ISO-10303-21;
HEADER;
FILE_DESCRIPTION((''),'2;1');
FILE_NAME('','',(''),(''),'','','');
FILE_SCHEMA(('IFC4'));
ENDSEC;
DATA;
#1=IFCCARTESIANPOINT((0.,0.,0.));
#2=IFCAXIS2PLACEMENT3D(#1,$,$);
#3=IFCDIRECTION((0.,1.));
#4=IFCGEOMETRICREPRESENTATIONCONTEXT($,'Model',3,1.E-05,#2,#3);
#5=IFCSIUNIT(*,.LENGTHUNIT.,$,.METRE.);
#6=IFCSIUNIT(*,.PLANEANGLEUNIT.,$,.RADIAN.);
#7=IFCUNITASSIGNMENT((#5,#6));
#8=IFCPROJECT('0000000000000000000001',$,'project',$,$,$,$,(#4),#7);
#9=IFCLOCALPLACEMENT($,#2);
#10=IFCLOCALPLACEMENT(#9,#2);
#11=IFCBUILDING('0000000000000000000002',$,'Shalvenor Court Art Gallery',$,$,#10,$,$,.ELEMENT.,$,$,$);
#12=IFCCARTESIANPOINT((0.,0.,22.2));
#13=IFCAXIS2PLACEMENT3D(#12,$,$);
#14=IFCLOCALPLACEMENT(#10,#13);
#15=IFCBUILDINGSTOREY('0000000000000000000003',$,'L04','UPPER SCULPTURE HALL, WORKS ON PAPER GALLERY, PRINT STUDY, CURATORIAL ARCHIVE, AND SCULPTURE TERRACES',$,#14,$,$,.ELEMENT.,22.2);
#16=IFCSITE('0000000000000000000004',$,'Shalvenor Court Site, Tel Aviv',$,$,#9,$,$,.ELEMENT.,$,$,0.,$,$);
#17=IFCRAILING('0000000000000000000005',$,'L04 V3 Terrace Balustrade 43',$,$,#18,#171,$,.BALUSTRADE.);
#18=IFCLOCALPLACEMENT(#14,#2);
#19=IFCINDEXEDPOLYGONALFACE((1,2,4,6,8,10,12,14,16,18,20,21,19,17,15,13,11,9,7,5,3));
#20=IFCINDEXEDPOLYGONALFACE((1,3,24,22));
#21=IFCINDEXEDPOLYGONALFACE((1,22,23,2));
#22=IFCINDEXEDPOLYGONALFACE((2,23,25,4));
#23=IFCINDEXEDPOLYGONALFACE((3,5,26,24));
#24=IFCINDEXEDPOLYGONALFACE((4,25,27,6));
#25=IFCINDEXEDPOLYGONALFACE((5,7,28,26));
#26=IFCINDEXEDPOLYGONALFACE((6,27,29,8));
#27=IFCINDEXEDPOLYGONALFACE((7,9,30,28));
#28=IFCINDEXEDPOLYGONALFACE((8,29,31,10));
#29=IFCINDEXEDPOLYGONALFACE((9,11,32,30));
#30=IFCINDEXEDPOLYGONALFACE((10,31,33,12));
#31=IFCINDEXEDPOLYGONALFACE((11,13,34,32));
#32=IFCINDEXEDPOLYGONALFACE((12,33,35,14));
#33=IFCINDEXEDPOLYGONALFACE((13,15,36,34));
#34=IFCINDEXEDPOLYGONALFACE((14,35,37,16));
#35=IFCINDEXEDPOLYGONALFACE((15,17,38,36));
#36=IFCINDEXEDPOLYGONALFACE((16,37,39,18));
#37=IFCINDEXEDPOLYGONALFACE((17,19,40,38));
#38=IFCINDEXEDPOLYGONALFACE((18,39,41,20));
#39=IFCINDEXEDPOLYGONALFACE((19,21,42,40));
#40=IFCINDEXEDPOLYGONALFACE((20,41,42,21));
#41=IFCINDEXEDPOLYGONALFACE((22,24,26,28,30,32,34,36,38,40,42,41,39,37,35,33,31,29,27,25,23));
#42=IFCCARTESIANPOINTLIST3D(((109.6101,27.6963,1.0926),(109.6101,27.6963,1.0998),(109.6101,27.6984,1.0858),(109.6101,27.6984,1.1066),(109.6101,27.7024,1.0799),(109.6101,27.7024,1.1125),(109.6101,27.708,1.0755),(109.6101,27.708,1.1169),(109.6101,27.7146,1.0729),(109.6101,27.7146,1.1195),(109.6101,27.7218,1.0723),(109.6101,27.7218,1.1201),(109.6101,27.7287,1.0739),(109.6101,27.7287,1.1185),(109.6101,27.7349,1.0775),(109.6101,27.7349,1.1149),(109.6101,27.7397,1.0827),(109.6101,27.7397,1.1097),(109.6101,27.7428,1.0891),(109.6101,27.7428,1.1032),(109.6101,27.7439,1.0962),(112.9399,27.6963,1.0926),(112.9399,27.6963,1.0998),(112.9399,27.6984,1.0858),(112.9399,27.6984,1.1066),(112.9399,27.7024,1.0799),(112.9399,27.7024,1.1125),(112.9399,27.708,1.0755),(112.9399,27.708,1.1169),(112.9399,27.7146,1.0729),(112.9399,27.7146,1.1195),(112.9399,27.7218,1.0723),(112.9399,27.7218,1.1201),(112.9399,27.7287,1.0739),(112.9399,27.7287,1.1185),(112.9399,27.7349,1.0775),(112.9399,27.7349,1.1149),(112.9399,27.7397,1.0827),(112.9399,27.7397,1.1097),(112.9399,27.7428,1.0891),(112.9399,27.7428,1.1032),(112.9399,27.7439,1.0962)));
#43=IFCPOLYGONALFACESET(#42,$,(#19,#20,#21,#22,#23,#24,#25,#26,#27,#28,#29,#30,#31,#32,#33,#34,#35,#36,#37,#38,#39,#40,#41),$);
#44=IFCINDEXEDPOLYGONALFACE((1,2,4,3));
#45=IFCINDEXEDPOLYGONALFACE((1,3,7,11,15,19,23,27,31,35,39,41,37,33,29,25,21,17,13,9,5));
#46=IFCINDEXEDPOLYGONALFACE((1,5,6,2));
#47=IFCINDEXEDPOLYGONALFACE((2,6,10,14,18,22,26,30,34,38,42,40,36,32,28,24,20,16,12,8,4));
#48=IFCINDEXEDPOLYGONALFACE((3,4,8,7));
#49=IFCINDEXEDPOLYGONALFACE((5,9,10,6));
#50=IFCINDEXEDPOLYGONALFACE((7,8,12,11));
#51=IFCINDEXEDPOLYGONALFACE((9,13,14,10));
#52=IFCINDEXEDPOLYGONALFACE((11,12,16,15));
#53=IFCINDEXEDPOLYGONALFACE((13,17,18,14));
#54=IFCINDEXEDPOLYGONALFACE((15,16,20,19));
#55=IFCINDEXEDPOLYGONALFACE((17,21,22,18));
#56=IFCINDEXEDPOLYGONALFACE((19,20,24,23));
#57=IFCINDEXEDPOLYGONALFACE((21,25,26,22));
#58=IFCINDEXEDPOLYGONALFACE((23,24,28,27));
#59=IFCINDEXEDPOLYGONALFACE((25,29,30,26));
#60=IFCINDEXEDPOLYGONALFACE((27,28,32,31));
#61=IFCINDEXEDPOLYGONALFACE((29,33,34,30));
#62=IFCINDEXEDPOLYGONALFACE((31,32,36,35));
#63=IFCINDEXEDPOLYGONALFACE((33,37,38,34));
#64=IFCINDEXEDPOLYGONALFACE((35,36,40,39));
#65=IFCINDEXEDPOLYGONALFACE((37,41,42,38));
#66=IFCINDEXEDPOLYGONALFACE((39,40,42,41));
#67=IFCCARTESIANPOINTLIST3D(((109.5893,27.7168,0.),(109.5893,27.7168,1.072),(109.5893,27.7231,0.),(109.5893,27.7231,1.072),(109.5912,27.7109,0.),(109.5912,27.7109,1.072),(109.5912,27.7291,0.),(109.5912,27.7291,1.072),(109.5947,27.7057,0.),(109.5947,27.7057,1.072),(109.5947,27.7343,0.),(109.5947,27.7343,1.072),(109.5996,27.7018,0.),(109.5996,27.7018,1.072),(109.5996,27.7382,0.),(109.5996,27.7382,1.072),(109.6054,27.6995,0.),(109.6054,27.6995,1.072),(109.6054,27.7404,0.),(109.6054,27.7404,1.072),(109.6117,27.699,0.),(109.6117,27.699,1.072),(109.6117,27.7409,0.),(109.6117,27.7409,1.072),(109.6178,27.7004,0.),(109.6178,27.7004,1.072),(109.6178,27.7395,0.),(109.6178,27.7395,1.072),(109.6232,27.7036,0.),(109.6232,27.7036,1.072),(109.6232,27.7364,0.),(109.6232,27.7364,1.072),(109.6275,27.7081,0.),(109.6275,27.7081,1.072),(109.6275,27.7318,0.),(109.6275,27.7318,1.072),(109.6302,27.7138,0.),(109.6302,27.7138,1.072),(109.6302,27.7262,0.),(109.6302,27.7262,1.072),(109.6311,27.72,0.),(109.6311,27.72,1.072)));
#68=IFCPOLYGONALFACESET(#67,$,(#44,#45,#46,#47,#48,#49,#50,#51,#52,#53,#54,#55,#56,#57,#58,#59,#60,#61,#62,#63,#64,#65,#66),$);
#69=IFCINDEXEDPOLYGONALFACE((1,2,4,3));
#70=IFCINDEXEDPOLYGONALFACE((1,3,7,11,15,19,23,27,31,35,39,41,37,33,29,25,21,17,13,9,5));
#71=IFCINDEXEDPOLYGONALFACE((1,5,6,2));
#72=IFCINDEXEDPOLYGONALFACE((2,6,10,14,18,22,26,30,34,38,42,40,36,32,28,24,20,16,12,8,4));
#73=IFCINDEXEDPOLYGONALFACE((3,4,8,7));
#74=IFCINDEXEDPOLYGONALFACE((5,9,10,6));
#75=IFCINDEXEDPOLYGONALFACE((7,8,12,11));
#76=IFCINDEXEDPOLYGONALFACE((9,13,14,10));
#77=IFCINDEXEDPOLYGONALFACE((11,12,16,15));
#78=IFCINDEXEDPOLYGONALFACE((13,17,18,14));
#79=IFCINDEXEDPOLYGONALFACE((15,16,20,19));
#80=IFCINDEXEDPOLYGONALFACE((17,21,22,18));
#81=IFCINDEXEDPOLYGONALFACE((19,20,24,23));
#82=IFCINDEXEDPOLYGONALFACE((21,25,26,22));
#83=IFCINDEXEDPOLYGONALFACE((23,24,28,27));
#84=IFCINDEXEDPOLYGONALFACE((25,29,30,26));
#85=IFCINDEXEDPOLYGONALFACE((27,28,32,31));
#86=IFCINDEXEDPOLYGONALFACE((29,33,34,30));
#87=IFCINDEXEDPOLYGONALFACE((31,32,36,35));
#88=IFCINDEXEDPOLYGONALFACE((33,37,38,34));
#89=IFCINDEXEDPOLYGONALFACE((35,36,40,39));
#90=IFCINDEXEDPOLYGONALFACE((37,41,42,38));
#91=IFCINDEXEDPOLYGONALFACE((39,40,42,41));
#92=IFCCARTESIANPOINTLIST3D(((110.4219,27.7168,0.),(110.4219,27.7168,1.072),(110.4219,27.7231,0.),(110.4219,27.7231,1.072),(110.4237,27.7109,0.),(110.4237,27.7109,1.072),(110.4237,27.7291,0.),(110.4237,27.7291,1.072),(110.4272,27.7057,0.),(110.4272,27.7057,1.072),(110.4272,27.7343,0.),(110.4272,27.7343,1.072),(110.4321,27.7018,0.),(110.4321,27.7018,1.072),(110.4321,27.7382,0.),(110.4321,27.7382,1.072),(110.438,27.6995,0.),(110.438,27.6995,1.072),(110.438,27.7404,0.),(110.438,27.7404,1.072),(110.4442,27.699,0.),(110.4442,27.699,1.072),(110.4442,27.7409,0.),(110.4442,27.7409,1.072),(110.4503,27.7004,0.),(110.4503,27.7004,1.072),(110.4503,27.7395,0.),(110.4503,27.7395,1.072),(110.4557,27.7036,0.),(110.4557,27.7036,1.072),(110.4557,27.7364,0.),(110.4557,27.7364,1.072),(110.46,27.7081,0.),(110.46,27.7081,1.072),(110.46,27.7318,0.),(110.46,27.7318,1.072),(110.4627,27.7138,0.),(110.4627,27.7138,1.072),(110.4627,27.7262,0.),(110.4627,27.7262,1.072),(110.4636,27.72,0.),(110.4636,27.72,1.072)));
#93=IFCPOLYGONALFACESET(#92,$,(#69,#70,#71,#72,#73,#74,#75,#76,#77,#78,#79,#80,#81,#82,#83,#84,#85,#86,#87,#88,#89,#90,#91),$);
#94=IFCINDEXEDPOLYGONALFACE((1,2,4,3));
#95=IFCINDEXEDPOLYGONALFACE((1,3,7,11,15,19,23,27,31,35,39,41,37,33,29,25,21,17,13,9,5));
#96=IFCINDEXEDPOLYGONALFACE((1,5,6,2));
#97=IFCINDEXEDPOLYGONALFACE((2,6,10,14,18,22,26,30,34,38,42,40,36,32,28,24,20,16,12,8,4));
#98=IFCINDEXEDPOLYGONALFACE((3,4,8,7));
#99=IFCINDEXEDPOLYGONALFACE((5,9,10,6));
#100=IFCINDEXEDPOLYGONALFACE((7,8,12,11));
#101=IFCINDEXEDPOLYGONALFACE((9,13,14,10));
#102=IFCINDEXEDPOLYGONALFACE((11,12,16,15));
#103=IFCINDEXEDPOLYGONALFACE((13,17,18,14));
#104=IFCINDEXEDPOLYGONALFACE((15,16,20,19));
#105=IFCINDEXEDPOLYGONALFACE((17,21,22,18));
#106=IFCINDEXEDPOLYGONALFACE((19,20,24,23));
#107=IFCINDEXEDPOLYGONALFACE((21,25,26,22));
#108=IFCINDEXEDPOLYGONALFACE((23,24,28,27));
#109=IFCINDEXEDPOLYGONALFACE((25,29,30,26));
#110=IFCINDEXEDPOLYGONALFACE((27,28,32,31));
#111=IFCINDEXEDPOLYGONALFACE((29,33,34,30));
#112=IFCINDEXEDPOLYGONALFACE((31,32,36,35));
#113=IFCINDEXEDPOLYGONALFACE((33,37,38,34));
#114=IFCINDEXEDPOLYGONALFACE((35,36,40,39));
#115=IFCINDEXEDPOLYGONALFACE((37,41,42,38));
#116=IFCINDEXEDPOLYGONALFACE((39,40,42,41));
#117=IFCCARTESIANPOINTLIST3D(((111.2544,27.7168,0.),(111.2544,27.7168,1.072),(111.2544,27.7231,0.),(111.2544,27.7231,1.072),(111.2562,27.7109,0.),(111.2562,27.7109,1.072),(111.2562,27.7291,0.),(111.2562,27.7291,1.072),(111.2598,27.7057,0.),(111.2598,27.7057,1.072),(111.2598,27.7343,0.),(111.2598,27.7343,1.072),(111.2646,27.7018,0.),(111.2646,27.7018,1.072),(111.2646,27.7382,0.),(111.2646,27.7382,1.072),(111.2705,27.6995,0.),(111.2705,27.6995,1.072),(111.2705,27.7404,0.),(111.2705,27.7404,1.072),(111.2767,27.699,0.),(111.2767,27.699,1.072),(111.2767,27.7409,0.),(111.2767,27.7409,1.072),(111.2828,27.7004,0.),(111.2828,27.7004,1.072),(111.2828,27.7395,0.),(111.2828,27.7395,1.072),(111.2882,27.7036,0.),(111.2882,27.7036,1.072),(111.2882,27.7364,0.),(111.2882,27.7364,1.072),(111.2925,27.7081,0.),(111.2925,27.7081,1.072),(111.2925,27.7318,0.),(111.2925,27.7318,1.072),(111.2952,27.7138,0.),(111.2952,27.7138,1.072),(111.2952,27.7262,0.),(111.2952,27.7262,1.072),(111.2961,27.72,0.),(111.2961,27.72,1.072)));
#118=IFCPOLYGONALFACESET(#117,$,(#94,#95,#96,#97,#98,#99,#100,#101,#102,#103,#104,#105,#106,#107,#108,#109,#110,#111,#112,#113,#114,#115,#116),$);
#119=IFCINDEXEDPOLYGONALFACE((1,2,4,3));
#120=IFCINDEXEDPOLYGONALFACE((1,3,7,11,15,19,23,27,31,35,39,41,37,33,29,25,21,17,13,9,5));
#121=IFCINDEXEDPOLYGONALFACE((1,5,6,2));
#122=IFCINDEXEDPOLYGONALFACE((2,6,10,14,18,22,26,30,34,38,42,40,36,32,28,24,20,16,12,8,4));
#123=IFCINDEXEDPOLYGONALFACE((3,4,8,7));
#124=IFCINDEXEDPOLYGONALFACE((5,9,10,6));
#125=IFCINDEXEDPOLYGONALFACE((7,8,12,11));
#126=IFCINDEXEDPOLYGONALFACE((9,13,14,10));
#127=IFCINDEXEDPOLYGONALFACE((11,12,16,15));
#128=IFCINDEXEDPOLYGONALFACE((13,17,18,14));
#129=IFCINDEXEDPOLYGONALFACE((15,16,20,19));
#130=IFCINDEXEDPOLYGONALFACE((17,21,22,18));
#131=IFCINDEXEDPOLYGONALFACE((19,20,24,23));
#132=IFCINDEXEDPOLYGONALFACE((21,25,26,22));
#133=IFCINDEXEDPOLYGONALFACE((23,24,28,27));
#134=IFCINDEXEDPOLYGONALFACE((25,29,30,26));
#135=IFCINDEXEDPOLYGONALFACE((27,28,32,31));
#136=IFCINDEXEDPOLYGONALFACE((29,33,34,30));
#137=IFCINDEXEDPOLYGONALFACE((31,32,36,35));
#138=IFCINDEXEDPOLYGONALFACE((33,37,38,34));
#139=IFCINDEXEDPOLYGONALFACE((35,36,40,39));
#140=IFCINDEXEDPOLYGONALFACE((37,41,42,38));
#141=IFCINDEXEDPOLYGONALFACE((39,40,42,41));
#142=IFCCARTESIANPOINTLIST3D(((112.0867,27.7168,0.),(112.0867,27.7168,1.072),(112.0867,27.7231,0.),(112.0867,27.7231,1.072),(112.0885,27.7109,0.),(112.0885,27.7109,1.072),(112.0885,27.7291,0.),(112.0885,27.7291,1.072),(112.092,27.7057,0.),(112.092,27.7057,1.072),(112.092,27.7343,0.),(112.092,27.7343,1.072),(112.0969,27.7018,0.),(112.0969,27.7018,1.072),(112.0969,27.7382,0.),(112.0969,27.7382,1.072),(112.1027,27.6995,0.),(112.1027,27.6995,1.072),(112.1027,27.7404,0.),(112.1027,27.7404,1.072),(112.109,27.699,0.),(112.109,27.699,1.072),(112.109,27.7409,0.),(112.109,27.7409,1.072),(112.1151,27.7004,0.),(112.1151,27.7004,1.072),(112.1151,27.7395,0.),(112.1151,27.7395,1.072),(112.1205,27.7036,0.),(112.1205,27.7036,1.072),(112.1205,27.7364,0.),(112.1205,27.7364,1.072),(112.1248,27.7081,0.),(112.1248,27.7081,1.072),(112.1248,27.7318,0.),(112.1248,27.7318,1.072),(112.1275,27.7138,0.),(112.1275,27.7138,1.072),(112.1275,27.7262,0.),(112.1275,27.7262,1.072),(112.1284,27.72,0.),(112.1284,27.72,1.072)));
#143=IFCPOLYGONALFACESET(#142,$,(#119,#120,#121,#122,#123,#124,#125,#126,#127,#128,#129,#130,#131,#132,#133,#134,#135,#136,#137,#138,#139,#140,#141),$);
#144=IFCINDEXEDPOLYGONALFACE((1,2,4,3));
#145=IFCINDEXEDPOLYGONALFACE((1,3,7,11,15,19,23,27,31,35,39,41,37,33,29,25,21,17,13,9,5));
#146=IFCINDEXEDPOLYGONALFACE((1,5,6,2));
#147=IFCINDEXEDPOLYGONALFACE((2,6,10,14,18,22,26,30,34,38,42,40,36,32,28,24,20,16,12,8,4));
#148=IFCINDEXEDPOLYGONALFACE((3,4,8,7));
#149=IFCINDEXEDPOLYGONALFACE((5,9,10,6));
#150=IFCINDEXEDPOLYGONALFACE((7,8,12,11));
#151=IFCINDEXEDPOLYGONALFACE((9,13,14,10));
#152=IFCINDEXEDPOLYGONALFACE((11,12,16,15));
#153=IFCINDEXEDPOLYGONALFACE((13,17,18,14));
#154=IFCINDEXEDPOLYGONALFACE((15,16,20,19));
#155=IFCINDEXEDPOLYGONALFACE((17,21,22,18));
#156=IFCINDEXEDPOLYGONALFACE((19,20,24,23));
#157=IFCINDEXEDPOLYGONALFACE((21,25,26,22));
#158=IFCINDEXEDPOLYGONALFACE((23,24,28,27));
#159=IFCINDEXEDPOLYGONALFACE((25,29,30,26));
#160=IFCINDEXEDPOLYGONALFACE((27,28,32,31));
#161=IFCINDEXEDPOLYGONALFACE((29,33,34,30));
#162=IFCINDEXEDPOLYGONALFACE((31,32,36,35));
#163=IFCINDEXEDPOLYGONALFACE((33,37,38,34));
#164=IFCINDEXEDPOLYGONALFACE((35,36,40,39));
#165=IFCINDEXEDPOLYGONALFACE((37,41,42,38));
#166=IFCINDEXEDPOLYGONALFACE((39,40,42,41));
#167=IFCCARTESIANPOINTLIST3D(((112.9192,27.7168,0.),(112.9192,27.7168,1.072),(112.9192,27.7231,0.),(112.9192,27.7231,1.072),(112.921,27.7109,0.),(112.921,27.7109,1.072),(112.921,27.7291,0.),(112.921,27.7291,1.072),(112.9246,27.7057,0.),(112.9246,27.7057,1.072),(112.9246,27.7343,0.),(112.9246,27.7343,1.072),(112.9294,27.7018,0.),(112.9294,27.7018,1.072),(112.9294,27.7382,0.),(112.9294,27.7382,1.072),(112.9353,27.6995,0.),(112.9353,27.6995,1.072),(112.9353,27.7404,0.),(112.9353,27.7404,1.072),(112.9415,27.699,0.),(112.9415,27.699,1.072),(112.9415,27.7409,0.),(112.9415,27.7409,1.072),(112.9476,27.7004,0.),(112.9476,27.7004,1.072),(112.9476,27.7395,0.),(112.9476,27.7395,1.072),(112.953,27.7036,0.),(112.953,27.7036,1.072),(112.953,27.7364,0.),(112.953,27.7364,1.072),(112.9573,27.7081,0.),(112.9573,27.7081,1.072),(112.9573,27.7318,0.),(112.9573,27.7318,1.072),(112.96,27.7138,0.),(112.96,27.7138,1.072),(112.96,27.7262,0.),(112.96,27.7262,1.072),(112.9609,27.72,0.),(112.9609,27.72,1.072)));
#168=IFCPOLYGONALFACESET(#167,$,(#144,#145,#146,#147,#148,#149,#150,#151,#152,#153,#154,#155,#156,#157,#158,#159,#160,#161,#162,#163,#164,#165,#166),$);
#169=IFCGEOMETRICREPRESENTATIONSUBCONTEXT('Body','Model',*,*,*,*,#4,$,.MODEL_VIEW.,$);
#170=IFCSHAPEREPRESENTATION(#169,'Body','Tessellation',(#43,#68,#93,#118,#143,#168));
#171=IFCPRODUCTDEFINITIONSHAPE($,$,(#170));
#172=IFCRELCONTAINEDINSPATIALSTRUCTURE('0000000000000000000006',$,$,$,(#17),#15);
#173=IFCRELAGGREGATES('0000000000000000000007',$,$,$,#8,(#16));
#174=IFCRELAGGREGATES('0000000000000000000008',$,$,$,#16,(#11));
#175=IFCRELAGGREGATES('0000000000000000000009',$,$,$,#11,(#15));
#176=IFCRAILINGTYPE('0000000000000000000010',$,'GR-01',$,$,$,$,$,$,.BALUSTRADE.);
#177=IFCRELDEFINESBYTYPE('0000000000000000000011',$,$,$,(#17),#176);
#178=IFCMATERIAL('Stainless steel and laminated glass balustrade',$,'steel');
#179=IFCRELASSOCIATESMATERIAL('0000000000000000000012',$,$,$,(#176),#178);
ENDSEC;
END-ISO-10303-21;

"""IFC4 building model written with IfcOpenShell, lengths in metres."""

from ifc_helpers import new_model, si_unit, direction, frame, origin, origin_2d, place, context, subcontext, project, spatial, circle, extrude, material, type_object, element, save


model = new_model("IFC4")

# Units and contexts
model_context = context("Model", 3, precision=1e-05, world=origin(), true_north=direction((0.0, 1.0)))
body_context = subcontext(model_context, "Body", "Model", "MODEL_VIEW")
ifc_project = project(units=[si_unit("LENGTHUNIT", "METRE"), si_unit("PLANEANGLEUNIT", "RADIAN")], contexts=[model_context])

# Site, building, storey
site_placement = place(None, origin())
site = spatial("IfcSite", under=ifc_project, at=site_placement, Name="Shalvenor Court Site, Tel Aviv", CompositionType="ELEMENT", RefElevation=0.0)
building_placement = place(site_placement, origin())
building = spatial("IfcBuilding", under=site, at=building_placement, Name="Shalvenor Court Art Gallery", CompositionType="ELEMENT")
storey_placement = place(building_placement, frame((0.0, 0.0, 22.2)))
storey = spatial("IfcBuildingStorey", under=building, at=storey_placement, Name="L04", Description="UPPER SCULPTURE HALL, WORKS ON PAPER GALLERY, PRINT STUDY, CURATORIAL ARCHIVE, AND SCULPTURE TERRACES", CompositionType="ELEMENT", Elevation=22.2)

# Railing
ifc_material_1 = material(Name="Stainless steel and laminated glass balustrade", Category="steel")
railing_type = type_object("IfcRailingType", Name="GR-01", PredefinedType="BALUSTRADE", material=ifc_material_1)
railing_1_placement = place(storey_placement, frame((109.6101, 27.72, 0.0)))
element("IfcRailing", 1, at=railing_1_placement, inside=storey, type_object=railing_type, Name="L04 V3 Terrace Balustrade 43", PredefinedType="BALUSTRADE", context=body_context, shape_type="SweptSolid", body=[
    extrude(circle(Radius=0.0239, at=origin_2d()), frame((0.0, 0.0, 1.0962), z_axis=(1.0, 0.0, 0.0), x_axis=(0.0, 1.0, 0.0)), (0.0, 0.0, 1.0), 3.3298),
    extrude(circle(Radius=0.021, at=origin_2d()), origin(), (0.0, 0.0, 1.0), 1.072),
    extrude(circle(Radius=0.021, at=origin_2d()), frame((0.8325, 0.0, 0.0)), (0.0, 0.0, 1.0), 1.072),
    extrude(circle(Radius=0.021, at=origin_2d()), frame((1.665, 0.0, 0.0)), (0.0, 0.0, 1.0), 1.072),
    extrude(circle(Radius=0.021, at=origin_2d()), frame((2.4973, 0.0, 0.0)), (0.0, 0.0, 1.0), 1.072),
    extrude(circle(Radius=0.021, at=origin_2d()), frame((3.3298, 0.0, 0.0)), (0.0, 0.0, 1.0), 1.072),
])

save(model, "model.ifc")
